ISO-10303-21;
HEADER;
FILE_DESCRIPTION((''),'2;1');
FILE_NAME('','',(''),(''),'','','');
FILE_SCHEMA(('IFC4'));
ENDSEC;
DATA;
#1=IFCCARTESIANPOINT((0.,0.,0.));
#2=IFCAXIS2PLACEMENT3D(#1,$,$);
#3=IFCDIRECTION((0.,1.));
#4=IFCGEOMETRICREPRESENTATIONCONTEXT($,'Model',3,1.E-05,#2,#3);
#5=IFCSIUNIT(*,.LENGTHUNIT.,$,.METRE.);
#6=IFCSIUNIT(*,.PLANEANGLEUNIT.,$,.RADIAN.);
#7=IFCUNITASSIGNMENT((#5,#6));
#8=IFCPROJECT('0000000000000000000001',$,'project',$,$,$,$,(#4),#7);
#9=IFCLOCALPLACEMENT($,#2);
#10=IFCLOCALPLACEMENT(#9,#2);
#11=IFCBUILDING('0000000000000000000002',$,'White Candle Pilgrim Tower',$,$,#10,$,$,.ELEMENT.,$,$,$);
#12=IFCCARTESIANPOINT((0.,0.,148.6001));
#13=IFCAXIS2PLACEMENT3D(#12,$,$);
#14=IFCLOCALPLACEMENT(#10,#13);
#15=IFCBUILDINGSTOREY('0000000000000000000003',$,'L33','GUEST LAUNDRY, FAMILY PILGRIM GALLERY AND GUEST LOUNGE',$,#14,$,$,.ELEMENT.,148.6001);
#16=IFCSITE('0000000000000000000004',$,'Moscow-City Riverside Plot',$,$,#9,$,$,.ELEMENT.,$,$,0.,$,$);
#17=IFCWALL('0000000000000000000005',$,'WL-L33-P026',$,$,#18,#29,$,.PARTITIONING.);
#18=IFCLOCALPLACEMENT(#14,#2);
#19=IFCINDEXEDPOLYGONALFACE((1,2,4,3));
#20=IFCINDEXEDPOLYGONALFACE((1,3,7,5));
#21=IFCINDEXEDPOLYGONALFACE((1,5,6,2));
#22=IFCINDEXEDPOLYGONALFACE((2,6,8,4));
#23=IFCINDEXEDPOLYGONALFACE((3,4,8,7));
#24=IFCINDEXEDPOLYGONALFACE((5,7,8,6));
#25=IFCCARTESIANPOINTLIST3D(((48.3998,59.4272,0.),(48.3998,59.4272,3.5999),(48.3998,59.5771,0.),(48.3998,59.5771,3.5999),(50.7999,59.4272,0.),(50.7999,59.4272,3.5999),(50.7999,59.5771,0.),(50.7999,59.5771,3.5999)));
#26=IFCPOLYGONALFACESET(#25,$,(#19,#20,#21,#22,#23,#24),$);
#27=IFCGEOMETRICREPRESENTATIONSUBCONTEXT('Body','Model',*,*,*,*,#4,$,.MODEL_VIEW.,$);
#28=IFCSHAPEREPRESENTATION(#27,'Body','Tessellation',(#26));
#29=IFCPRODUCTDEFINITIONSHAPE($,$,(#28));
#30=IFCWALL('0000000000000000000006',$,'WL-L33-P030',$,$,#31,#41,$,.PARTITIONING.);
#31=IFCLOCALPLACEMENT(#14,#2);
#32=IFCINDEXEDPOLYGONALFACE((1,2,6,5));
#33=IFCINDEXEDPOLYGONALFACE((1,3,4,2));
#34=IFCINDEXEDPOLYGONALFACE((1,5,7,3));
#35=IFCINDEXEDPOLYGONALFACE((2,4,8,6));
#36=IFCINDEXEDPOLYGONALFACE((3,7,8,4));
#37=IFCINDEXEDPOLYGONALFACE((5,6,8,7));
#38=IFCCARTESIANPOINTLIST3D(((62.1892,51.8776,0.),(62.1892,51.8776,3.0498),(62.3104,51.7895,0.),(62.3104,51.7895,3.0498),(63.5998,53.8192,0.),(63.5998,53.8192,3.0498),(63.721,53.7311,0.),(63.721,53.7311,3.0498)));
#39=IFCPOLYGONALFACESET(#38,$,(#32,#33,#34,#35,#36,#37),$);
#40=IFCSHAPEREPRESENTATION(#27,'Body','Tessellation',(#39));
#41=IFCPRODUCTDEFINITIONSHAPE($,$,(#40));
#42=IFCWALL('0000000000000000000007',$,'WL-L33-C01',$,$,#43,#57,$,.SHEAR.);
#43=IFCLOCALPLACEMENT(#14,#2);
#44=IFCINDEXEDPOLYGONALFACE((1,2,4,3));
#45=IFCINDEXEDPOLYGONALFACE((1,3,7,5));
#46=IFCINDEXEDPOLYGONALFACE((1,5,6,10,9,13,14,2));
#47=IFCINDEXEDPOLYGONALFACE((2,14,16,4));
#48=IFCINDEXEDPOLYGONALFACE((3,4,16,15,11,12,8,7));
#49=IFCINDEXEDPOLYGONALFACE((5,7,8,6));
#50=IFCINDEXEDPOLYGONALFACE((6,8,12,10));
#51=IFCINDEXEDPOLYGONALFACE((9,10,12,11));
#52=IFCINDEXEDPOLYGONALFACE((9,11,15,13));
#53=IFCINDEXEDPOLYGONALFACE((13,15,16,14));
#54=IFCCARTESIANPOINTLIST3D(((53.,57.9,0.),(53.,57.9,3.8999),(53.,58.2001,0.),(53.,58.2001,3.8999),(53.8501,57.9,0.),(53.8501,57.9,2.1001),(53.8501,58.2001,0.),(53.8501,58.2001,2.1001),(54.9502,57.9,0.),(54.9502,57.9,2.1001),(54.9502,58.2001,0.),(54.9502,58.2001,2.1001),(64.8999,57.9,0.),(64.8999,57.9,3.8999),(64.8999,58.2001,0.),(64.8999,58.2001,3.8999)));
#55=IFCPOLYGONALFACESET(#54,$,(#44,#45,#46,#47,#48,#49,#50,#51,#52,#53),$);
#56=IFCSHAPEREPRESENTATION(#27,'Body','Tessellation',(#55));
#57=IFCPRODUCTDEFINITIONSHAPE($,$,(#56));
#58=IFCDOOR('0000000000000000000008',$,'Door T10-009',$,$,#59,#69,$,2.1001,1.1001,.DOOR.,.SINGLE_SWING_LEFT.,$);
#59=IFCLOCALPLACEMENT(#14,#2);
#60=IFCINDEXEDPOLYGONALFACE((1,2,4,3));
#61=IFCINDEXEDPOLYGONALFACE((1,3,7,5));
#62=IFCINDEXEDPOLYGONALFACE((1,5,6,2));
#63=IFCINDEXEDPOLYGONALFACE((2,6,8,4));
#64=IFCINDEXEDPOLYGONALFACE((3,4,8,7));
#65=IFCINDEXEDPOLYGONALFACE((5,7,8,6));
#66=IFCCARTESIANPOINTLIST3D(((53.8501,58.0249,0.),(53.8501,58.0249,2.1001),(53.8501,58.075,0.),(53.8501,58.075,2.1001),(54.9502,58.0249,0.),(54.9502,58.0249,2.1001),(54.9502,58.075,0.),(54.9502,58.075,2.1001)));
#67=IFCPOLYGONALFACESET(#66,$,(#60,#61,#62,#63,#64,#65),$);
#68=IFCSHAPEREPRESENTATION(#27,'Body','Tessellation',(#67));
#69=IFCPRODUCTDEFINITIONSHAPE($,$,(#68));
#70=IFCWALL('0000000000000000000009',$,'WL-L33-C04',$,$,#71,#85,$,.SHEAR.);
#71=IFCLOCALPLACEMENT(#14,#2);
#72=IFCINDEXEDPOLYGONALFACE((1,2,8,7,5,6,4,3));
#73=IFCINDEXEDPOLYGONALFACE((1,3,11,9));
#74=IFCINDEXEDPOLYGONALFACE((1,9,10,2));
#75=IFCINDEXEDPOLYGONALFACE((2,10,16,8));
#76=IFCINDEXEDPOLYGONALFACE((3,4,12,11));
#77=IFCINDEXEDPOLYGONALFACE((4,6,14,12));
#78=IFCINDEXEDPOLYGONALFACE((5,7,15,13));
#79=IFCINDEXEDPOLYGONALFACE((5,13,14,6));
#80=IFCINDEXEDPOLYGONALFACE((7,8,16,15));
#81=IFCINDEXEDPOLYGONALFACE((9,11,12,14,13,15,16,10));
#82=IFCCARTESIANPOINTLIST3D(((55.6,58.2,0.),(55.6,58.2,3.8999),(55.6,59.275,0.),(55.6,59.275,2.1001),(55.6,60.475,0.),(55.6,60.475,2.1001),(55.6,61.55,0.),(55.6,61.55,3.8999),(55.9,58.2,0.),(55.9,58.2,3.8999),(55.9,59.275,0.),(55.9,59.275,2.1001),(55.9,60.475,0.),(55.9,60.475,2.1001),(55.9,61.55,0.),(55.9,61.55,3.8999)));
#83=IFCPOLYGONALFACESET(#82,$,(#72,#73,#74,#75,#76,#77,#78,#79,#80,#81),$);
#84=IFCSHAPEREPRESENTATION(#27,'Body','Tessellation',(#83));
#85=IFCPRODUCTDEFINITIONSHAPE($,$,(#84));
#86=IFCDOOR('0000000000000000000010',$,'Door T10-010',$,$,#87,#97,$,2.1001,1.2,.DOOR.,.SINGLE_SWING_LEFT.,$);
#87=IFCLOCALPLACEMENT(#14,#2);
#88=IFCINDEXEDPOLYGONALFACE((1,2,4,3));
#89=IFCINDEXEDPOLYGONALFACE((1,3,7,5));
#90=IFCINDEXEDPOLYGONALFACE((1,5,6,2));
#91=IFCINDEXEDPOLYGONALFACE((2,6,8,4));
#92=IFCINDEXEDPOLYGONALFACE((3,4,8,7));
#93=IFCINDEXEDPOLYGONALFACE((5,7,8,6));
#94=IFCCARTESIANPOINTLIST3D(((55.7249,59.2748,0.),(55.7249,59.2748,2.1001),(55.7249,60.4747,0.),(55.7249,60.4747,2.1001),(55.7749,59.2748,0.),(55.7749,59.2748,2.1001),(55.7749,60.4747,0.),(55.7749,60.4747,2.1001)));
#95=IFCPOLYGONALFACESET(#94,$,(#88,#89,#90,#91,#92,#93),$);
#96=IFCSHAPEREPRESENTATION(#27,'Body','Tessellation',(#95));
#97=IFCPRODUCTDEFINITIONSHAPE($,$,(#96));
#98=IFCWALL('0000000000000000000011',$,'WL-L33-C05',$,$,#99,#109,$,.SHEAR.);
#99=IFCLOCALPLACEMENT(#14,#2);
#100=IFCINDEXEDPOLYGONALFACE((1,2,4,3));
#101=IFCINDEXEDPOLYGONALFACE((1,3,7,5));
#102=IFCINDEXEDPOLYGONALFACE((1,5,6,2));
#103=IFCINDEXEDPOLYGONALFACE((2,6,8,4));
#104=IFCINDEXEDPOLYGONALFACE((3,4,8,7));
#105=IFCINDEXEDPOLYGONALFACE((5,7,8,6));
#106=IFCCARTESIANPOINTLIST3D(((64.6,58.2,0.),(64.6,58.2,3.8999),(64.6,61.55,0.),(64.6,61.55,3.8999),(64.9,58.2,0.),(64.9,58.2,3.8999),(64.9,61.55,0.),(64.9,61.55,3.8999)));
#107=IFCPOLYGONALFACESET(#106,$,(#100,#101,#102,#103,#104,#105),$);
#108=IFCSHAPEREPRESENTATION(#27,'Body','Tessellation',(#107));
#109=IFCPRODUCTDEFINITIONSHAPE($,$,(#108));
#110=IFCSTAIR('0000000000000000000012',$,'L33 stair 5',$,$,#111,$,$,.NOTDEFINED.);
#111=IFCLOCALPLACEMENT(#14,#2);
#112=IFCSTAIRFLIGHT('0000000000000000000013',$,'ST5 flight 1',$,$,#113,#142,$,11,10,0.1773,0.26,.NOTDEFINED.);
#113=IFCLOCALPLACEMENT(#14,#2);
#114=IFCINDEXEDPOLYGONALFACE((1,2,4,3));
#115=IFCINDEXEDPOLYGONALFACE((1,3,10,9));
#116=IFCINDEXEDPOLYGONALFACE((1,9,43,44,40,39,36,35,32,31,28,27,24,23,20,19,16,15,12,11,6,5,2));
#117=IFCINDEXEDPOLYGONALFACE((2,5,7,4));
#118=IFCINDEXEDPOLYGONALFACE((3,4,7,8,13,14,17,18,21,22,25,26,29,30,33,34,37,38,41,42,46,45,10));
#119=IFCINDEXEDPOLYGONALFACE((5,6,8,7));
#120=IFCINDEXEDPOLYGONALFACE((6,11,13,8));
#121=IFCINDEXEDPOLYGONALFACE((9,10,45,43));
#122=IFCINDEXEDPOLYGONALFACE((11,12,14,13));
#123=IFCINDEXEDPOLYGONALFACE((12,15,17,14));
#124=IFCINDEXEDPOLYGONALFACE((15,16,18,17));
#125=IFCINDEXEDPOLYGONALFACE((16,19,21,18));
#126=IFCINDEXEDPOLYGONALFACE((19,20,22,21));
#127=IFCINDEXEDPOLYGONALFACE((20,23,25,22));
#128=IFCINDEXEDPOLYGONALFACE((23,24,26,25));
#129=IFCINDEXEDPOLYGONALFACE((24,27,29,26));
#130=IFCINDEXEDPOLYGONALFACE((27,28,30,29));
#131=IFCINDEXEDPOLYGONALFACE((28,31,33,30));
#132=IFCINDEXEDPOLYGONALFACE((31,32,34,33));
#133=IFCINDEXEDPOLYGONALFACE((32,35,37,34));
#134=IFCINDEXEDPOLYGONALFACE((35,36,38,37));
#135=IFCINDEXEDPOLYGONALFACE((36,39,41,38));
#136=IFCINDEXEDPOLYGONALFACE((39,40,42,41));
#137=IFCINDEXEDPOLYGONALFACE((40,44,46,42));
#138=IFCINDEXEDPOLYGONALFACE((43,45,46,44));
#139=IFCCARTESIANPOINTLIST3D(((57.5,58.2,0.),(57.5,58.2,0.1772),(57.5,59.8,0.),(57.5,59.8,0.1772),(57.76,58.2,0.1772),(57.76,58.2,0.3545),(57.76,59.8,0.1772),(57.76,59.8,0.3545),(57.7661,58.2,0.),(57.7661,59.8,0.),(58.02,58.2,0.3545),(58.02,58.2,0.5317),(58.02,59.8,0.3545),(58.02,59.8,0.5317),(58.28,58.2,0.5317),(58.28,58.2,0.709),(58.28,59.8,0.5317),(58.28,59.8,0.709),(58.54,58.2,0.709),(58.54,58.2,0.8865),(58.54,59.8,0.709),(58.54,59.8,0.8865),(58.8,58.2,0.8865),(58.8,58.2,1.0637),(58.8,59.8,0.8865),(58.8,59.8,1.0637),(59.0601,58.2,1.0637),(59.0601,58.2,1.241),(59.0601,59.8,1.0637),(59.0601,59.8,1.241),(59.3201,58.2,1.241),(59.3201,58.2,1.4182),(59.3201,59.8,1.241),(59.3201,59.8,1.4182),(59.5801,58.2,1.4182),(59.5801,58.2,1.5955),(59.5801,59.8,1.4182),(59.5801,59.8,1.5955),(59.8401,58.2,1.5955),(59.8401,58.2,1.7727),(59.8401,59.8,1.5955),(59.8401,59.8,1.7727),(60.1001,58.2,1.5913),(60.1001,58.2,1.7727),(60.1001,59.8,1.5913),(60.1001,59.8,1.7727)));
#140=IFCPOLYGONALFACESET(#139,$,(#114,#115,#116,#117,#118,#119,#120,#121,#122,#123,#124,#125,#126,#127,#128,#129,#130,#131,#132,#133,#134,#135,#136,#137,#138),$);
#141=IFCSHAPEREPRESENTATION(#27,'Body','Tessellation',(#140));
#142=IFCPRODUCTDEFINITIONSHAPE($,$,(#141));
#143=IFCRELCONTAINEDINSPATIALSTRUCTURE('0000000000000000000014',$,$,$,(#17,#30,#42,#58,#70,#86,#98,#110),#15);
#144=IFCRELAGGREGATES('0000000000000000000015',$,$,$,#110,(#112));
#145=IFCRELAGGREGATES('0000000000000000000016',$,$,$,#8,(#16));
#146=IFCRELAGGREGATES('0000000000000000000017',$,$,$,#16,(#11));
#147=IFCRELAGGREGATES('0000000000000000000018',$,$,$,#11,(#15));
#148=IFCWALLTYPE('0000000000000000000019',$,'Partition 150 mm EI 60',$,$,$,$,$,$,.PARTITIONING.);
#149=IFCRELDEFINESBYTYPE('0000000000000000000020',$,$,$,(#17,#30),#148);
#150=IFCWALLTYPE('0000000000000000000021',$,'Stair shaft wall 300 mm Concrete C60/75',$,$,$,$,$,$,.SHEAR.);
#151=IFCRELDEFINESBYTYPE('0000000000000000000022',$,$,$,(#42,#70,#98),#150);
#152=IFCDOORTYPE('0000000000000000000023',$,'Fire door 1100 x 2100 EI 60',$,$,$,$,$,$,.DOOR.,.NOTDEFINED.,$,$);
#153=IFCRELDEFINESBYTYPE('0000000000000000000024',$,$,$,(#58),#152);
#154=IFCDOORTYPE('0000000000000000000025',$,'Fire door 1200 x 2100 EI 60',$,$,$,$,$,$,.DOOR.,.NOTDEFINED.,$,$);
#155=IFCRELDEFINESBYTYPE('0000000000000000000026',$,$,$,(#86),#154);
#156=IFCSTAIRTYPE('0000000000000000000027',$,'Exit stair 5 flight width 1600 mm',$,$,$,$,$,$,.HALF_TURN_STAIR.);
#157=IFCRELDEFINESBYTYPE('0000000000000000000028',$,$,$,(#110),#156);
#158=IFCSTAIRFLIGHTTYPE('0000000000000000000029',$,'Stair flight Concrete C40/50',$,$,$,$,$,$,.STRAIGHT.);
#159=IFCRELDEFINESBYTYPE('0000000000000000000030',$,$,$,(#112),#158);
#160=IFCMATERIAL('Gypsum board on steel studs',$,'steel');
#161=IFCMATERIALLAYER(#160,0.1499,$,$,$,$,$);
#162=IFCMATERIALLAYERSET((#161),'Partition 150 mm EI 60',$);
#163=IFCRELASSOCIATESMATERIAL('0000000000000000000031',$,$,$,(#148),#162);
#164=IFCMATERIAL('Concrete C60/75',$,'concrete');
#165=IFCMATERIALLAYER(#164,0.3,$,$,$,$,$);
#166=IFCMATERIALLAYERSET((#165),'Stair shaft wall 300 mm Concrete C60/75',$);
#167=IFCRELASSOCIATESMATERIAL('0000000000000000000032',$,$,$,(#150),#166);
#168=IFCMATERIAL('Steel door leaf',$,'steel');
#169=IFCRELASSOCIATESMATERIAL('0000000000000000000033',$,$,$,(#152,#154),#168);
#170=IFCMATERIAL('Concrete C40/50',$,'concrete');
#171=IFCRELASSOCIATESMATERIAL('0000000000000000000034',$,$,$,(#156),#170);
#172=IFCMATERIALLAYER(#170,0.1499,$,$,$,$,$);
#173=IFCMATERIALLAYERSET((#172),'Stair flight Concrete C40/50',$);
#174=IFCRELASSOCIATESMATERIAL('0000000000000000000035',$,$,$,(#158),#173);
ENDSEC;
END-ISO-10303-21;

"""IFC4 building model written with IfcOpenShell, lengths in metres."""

from ifc_helpers import new_model, si_unit, direction, frame, frame_2d, origin, place, context, subcontext, project, spatial, polyline, rectangle, outline, extrude, material, layer, layer_set, type_object, element, fill, aggregate, save


model = new_model("IFC4")

# Units and contexts
model_context = context("Model", 3, precision=1e-05, world=origin(), true_north=direction((0.0, 1.0)))
body_context = subcontext(model_context, "Body", "Model", "MODEL_VIEW")
ifc_project = project(units=[si_unit("LENGTHUNIT", "METRE"), si_unit("PLANEANGLEUNIT", "RADIAN")], contexts=[model_context])

# Site, building, storey
site_placement = place(None, origin())
site = spatial("IfcSite", under=ifc_project, at=site_placement, Name="Moscow-City Riverside Plot", CompositionType="ELEMENT", RefElevation=0.0)
building_placement = place(site_placement, origin())
building = spatial("IfcBuilding", under=site, at=building_placement, Name="White Candle Pilgrim Tower", CompositionType="ELEMENT")
storey_placement = place(building_placement, frame((0.0, 0.0, 148.6001)))
storey = spatial("IfcBuildingStorey", under=building, at=storey_placement, Name="L33", Description="GUEST LAUNDRY, FAMILY PILGRIM GALLERY AND GUEST LOUNGE", CompositionType="ELEMENT", Elevation=148.6001)

# Shared definitions
ifc_material_1 = material(Name="Concrete C60/75", Category="concrete")

# Shared definitions
ifc_material_2 = material(Name="Gypsum board on steel studs", Category="steel")
ifc_material_3 = material(Name="Steel door leaf", Category="steel")

# Walls
ifc_layer_1 = layer(ifc_material_2, 0.1499)
ifc_layer_set_1 = layer_set([ifc_layer_1], Name="Partition 150 mm EI 60")
wall_type_1 = type_object("IfcWallType", Name="Partition 150 mm EI 60", PredefinedType="PARTITIONING", material=ifc_layer_set_1)
wall_1_placement = place(storey_placement, frame((50.8, 59.5022, 0.0), z_axis=(0.0, 0.0, 1.0), x_axis=(-1.0, 0.0, 0.0)))
element("IfcWall", 1, at=wall_1_placement, inside=storey, type_object=wall_type_1, Name="WL-L33-P026", PredefinedType="PARTITIONING", context=body_context, shape_type="SweptSolid", body=[
    extrude(rectangle(XDim=2.4001, YDim=0.1499, at=frame_2d((1.2002, 0.0))), origin(), (0.0, 0.0, 1.0), 3.5999),
])
wall_2_placement = place(storey_placement, frame((63.6604, 53.7751, 0.0), z_axis=(0.0, 0.0, 1.0), x_axis=(-0.587772, -0.809026, 0.0)))
element("IfcWall", 2, at=wall_2_placement, inside=storey, type_object=wall_type_1, Name="WL-L33-P030", PredefinedType="PARTITIONING", context=body_context, shape_type="SweptSolid", body=[
    extrude(rectangle(XDim=2.3999, YDim=0.1499, at=frame_2d((1.2, 0.0))), origin(), (0.0, 0.0, 1.0), 3.0498),
])

# Walls, openings, doors
ifc_layer_2 = layer(ifc_material_1, 0.3)
ifc_layer_set_2 = layer_set([ifc_layer_2], Name="Stair shaft wall 300 mm Concrete C60/75")
wall_type_2 = type_object("IfcWallType", Name="Stair shaft wall 300 mm Concrete C60/75", PredefinedType="SHEAR", material=ifc_layer_set_2)
wall_3_placement = place(storey_placement, frame((53.0, 58.05, 0.0), z_axis=(0.0, 0.0, 1.0), x_axis=(1.0, 0.0, 0.0)))
wall_3 = element("IfcWall", 3, at=wall_3_placement, inside=storey, type_object=wall_type_2, Name="WL-L33-C01", PredefinedType="SHEAR", context=body_context, shape_type="SweptSolid", body=[
    extrude(rectangle(XDim=11.8999, YDim=0.3, at=frame_2d((5.95, 0.0))), origin(), (0.0, 0.0, 1.0), 3.8999),
])
opening_1_placement = place(wall_3_placement, frame((0.8501, 0.0, 0.0)))
opening_1 = element("IfcOpeningElement", 4, at=opening_1_placement, cuts=wall_3, PredefinedType="OPENING", context=body_context, shape_type="SweptSolid", body=[
    extrude(rectangle(XDim=1.1001, YDim=2.1001, at=frame_2d((0.55, 1.05))), frame((0.0, 0.1599, 0.0), z_axis=(0.0, -1.0, 0.0), x_axis=(1.0, 0.0, 0.0)), (0.0, 0.0, 1.0), 0.3201),
])
door_type_1 = type_object("IfcDoorType", Name="Fire door 1100 x 2100 EI 60", OperationType="NOTDEFINED", PredefinedType="DOOR", material=ifc_material_3)
door_1_placement = place(opening_1_placement, origin())
door_1 = element("IfcDoor", 5, at=door_1_placement, inside=storey, type_object=door_type_1, Name="Door T10-009", OperationType="SINGLE_SWING_LEFT", OverallHeight=2.1001, OverallWidth=1.1001, PredefinedType="DOOR", context=body_context, shape_type="SweptSolid", body=[
    extrude(rectangle(XDim=1.1001, YDim=2.1001, at=frame_2d((0.55, 1.05))), frame((0.0, 0.0249, 0.0), z_axis=(0.0, -1.0, 0.0), x_axis=(1.0, 0.0, 0.0)), (0.0, 0.0, 1.0), 0.05),
])
fill(opening_1, door_1)
wall_4_placement = place(storey_placement, frame((55.75, 58.2, 0.0), z_axis=(0.0, 0.0, 1.0), x_axis=(0.0, 1.0, 0.0)))
wall_4 = element("IfcWall", 6, at=wall_4_placement, inside=storey, type_object=wall_type_2, Name="WL-L33-C04", PredefinedType="SHEAR", context=body_context, shape_type="SweptSolid", body=[
    extrude(rectangle(XDim=3.3501, YDim=0.3, at=frame_2d((1.675, 0.0))), origin(), (0.0, 0.0, 1.0), 3.8999),
])
opening_2_placement = place(wall_4_placement, frame((1.075, 0.0, 0.0)))
opening_2 = element("IfcOpeningElement", 7, at=opening_2_placement, cuts=wall_4, PredefinedType="OPENING", context=body_context, shape_type="SweptSolid", body=[
    extrude(rectangle(XDim=1.2, YDim=2.1001, at=frame_2d((0.6001, 1.05))), frame((0.0, 0.1599, 0.0), z_axis=(0.0, -1.0, 0.0), x_axis=(1.0, 0.0, 0.0)), (0.0, 0.0, 1.0), 0.3201),
])
door_type_2 = type_object("IfcDoorType", Name="Fire door 1200 x 2100 EI 60", OperationType="NOTDEFINED", PredefinedType="DOOR", material=ifc_material_3)
door_2_placement = place(opening_2_placement, frame((1.2, 0.0, 0.0), z_axis=(0.0, 0.0, 1.0), x_axis=(-1.0, 0.0, 0.0)))
door_2 = element("IfcDoor", 8, at=door_2_placement, inside=storey, type_object=door_type_2, Name="Door T10-010", OperationType="SINGLE_SWING_LEFT", OverallHeight=2.1001, OverallWidth=1.2, PredefinedType="DOOR", context=body_context, shape_type="SweptSolid", body=[
    extrude(rectangle(XDim=1.2, YDim=2.1001, at=frame_2d((0.6001, 1.05))), frame((0.0, 0.0249, 0.0), z_axis=(0.0, -1.0, 0.0), x_axis=(1.0, 0.0, 0.0)), (0.0, 0.0, 1.0), 0.05),
])
fill(opening_2, door_2)

# Wall
wall_5_placement = place(storey_placement, frame((64.75, 58.2, 0.0), z_axis=(0.0, 0.0, 1.0), x_axis=(0.0, 1.0, 0.0)))
element("IfcWall", 9, at=wall_5_placement, inside=storey, type_object=wall_type_2, Name="WL-L33-C05", PredefinedType="SHEAR", context=body_context, shape_type="SweptSolid", body=[
    extrude(rectangle(XDim=3.3501, YDim=0.3, at=frame_2d((1.675, 0.0))), origin(), (0.0, 0.0, 1.0), 3.8999),
])

# Stair, stair flight
ifc_material_4 = material(Name="Concrete C40/50", Category="concrete")
stair_type = type_object("IfcStairType", Name="Exit stair 5 flight width 1600 mm", PredefinedType="HALF_TURN_STAIR", material=ifc_material_4)
stair_placement = place(storey_placement, origin())
stair = element("IfcStair", 10, at=stair_placement, inside=storey, type_object=stair_type, Name="L33 stair 5", PredefinedType="NOTDEFINED")
ifc_layer_3 = layer(ifc_material_4, 0.1499)
ifc_layer_set_3 = layer_set([ifc_layer_3], Name="Stair flight Concrete C40/50")
stair_flight_type = type_object("IfcStairFlightType", Name="Stair flight Concrete C40/50", PredefinedType="STRAIGHT", material=ifc_layer_set_3)
stair_flight_placement = place(storey_placement, frame((57.5, 59.0, 0.0), z_axis=(0.0, 0.0, 1.0), x_axis=(1.0, 0.0, 0.0)))
stair_flight = element("IfcStairFlight", 11, at=stair_flight_placement, type_object=stair_flight_type, Name="ST5 flight 1", NumberOfRisers=11, NumberOfTreads=10, PredefinedType="NOTDEFINED", RiserHeight=0.1773, TreadLength=0.26, context=body_context, shape_type="SweptSolid", body=[
    extrude(outline(polyline([(0.0, 0.0), (0.0, 0.1772), (0.26, 0.1772), (0.26, 0.3545), (0.52, 0.3545), (0.52, 0.5317), (0.78, 0.5317), (0.78, 0.709), (1.04, 0.709), (1.04, 0.8865), (1.3, 0.8865), (1.3, 1.0637), (1.5601, 1.0637), (1.5601, 1.241), (1.8201, 1.241), (1.8201, 1.4182), (2.0801, 1.4182), (2.0801, 1.5955), (2.3401, 1.5955), (2.3401, 1.7727), (2.6001, 1.7727), (2.6001, 1.95), (2.6001, 1.5913), (0.2661, 0.0), (0.0, 0.0)])), frame((0.0, 0.8, 0.0), z_axis=(0.0, -1.0, 0.0), x_axis=(1.0, 0.0, 0.0)), (0.0, 0.0, 1.0), 1.6001),
])
aggregate(stair, [stair_flight])

save(model, "model.ifc")
